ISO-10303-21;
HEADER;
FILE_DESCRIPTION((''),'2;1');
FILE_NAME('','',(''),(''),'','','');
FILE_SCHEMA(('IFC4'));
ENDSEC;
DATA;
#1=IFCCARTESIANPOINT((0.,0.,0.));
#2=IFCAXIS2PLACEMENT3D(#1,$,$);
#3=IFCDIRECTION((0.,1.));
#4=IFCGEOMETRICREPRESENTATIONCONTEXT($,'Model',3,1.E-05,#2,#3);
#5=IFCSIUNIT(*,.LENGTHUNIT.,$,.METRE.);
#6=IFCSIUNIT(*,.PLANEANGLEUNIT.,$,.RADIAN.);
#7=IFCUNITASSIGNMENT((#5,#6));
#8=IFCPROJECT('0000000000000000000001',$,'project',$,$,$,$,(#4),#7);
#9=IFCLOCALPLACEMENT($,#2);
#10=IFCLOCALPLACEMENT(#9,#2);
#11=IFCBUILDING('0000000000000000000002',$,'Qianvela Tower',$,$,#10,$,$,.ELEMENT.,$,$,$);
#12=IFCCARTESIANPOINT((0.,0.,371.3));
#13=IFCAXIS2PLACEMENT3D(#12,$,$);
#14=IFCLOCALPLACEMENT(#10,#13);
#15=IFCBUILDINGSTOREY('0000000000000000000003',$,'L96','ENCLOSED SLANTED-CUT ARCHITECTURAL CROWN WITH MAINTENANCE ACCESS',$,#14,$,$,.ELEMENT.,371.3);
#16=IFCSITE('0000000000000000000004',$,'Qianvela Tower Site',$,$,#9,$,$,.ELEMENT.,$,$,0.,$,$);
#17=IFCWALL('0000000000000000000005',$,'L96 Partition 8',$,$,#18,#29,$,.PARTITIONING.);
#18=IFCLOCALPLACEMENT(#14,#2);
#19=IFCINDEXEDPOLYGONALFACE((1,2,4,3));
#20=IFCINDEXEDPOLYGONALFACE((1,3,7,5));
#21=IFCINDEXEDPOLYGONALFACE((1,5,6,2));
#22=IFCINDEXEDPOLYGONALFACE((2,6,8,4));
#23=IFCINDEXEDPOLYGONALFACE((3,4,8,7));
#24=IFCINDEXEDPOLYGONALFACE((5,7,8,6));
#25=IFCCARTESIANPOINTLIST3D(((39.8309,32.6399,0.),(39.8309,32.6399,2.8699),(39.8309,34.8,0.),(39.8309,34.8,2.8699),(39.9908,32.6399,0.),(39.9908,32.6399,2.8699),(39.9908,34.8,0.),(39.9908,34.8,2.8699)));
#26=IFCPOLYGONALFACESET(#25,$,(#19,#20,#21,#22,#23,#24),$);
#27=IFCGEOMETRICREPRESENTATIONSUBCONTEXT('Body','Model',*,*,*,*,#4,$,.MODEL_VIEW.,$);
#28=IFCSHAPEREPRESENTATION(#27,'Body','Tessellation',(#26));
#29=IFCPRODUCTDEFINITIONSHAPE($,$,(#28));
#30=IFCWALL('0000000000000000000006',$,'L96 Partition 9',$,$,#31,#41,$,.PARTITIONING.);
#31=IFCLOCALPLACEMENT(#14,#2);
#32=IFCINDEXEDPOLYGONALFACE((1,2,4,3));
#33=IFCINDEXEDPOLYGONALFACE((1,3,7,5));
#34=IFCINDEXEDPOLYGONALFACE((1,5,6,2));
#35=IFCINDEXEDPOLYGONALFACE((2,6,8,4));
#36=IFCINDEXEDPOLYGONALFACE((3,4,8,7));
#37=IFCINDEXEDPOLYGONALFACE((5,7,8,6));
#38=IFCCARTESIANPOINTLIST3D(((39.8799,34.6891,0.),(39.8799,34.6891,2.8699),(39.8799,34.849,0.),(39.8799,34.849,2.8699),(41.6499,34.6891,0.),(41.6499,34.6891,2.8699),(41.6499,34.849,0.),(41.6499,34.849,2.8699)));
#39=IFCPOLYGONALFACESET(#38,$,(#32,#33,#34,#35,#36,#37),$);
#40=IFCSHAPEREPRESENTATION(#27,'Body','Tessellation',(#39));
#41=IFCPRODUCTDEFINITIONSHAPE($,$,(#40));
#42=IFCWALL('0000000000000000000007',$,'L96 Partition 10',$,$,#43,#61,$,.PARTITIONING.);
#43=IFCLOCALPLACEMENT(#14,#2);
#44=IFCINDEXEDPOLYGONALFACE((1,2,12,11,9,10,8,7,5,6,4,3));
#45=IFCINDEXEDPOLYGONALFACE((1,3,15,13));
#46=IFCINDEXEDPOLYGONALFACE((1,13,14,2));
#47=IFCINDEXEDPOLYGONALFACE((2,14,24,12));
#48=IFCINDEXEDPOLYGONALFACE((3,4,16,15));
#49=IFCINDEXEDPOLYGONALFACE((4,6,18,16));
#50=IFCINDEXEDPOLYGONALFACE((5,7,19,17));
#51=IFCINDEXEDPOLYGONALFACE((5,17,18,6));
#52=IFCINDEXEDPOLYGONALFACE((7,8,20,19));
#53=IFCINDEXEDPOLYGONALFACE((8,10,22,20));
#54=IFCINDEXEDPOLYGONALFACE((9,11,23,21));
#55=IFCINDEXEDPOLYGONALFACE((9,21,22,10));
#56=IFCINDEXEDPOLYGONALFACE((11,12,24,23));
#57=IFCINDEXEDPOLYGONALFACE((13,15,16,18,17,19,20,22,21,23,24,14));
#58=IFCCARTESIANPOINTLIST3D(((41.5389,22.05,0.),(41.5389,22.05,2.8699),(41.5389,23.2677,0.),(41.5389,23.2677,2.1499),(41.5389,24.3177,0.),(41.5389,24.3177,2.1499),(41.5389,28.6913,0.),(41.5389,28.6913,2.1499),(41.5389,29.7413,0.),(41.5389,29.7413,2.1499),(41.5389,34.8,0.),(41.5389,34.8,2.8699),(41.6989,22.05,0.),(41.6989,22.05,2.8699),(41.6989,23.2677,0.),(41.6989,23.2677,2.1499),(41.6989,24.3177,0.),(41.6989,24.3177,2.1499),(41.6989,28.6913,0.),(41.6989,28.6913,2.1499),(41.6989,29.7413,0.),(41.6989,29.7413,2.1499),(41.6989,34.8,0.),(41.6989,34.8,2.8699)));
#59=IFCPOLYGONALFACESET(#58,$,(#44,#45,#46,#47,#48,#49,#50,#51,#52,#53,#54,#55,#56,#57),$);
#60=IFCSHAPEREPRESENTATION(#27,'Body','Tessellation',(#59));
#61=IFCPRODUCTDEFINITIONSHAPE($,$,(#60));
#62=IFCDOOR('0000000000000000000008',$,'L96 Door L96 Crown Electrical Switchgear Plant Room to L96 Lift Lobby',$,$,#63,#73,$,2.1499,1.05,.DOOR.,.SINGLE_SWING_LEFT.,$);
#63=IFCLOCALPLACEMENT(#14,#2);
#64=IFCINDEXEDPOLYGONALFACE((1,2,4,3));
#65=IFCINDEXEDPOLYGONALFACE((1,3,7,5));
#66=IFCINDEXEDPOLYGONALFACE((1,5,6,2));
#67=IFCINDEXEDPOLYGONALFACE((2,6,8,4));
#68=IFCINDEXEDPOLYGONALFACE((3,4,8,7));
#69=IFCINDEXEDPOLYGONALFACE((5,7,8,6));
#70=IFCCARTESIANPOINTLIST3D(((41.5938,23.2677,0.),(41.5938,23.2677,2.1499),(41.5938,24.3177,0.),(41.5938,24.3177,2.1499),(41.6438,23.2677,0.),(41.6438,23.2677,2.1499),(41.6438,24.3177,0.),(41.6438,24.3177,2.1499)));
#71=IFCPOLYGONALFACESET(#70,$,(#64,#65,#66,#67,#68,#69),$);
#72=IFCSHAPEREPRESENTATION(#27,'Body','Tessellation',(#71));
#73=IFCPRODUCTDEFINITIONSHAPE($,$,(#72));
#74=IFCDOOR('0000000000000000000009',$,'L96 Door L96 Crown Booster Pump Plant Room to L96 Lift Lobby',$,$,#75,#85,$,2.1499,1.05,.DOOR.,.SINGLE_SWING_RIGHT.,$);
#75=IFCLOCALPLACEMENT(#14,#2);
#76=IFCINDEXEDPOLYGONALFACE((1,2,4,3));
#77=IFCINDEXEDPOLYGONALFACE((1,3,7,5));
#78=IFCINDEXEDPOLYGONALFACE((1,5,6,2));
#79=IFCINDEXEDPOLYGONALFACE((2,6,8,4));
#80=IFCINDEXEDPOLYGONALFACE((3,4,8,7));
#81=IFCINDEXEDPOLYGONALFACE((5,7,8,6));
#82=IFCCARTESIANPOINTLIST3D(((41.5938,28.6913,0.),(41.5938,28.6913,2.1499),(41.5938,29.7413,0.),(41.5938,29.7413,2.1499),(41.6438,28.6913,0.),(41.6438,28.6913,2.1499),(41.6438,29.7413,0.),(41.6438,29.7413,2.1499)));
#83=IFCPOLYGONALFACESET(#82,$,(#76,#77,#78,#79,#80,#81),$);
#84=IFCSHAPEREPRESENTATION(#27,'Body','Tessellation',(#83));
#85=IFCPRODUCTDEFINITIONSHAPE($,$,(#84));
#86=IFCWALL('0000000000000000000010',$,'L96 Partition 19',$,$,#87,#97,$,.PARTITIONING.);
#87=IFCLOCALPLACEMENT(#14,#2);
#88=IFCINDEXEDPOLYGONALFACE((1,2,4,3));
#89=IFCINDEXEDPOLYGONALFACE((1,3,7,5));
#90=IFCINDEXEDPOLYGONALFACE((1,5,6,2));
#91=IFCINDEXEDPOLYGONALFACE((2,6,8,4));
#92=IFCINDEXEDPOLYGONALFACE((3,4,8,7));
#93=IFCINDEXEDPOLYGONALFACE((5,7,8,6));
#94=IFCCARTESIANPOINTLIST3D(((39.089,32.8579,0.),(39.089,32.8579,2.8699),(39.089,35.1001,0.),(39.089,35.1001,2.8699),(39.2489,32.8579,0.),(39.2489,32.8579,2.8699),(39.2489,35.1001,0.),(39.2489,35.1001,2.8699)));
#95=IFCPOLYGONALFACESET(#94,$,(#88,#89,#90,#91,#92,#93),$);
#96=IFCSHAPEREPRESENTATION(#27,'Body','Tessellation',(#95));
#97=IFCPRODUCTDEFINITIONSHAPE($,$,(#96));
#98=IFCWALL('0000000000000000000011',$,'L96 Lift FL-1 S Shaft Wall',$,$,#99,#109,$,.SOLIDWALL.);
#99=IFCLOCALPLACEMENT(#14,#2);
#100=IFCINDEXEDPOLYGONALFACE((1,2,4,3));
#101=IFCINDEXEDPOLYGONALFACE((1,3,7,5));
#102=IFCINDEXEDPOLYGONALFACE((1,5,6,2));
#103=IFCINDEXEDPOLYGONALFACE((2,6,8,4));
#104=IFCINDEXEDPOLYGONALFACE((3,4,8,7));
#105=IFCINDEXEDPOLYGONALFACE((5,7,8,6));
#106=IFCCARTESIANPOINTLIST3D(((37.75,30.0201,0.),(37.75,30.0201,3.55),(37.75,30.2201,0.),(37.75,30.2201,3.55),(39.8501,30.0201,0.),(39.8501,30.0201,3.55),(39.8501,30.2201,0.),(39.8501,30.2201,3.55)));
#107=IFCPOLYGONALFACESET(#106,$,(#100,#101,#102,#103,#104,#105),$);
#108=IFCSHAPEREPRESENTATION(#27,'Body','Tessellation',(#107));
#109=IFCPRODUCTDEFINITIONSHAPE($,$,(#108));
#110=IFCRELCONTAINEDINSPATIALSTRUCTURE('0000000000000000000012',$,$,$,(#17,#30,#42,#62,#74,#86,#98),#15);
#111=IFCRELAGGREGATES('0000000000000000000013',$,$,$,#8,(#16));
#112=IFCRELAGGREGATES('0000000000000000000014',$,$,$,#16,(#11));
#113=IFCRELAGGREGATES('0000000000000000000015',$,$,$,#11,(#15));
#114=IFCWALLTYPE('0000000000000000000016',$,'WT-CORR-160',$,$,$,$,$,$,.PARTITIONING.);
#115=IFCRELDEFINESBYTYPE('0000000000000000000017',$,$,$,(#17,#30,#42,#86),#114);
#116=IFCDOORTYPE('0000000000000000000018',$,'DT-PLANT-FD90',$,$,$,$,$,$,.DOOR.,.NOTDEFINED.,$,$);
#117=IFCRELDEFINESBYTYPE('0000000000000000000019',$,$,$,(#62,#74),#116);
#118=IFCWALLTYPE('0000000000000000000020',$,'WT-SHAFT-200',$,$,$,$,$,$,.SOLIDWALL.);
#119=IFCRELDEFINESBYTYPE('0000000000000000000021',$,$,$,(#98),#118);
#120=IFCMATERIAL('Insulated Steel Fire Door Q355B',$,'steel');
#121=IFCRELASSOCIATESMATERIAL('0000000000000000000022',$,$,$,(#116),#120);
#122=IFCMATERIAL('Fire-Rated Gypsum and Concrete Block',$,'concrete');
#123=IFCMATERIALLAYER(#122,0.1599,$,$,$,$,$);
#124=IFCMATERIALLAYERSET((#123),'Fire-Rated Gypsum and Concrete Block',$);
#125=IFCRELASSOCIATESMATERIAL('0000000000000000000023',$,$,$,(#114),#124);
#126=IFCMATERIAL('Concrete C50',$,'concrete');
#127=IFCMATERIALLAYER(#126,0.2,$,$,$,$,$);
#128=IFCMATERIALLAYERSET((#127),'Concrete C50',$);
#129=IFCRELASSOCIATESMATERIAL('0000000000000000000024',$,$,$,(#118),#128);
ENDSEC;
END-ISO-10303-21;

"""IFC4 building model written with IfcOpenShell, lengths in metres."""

from ifc_helpers import new_model, si_unit, direction, frame, frame_2d, origin, place, context, subcontext, project, spatial, rectangle, extrude, material, layer, layer_set, type_object, element, fill, save


model = new_model("IFC4")

# Units and contexts
model_context = context("Model", 3, precision=1e-05, world=origin(), true_north=direction((0.0, 1.0)))
body_context = subcontext(model_context, "Body", "Model", "MODEL_VIEW")
ifc_project = project(units=[si_unit("LENGTHUNIT", "METRE"), si_unit("PLANEANGLEUNIT", "RADIAN")], contexts=[model_context])

# Site, building, storey
site_placement = place(None, origin())
site = spatial("IfcSite", under=ifc_project, at=site_placement, Name="Qianvela Tower Site", CompositionType="ELEMENT", RefElevation=0.0)
building_placement = place(site_placement, origin())
building = spatial("IfcBuilding", under=site, at=building_placement, Name="Qianvela Tower", CompositionType="ELEMENT")
storey_placement = place(building_placement, frame((0.0, 0.0, 371.3)))
storey = spatial("IfcBuildingStorey", under=building, at=storey_placement, Name="L96", Description="ENCLOSED SLANTED-CUT ARCHITECTURAL CROWN WITH MAINTENANCE ACCESS", CompositionType="ELEMENT", Elevation=371.3)

# Shared definitions
ifc_material_1 = material(Name="Insulated Steel Fire Door Q355B", Category="steel")
door_type_1 = type_object("IfcDoorType", Name="DT-PLANT-FD90", OperationType="NOTDEFINED", PredefinedType="DOOR", material=ifc_material_1)

# Shared definitions
ifc_material_2 = material(Name="Fire-Rated Gypsum and Concrete Block", Category="concrete")
ifc_layer_1 = layer(ifc_material_2, 0.1599)
ifc_layer_set_1 = layer_set([ifc_layer_1], Name="Fire-Rated Gypsum and Concrete Block")
wall_type_1 = type_object("IfcWallType", Name="WT-CORR-160", PredefinedType="PARTITIONING", material=ifc_layer_set_1)

# Walls
wall_1_placement = place(storey_placement, frame((39.9109, 32.6399, 0.0), z_axis=(0.0, 0.0, 1.0), x_axis=(0.0, 1.0, 0.0)))
element("IfcWall", 1, at=wall_1_placement, inside=storey, type_object=wall_type_1, Name="L96 Partition 8", PredefinedType="PARTITIONING", context=body_context, shape_type="SweptSolid", body=[
    extrude(rectangle(XDim=2.1602, YDim=0.1599, at=frame_2d((1.0801, 0.0))), origin(), (0.0, 0.0, 1.0), 2.8699),
])
wall_2_placement = place(storey_placement, frame((39.8799, 34.769, 0.0), z_axis=(0.0, 0.0, 1.0), x_axis=(1.0, 0.0, 0.0)))
element("IfcWall", 2, at=wall_2_placement, inside=storey, type_object=wall_type_1, Name="L96 Partition 9", PredefinedType="PARTITIONING", context=body_context, shape_type="SweptSolid", body=[
    extrude(rectangle(XDim=1.77, YDim=0.1599, at=frame_2d((0.885, 0.0))), origin(), (0.0, 0.0, 1.0), 2.8699),
])

# Wall, openings, doors
wall_3_placement = place(storey_placement, frame((41.6189, 34.8, 0.0), z_axis=(0.0, 0.0, 1.0), x_axis=(0.0, -1.0, 0.0)))
wall_3 = element("IfcWall", 3, at=wall_3_placement, inside=storey, type_object=wall_type_1, Name="L96 Partition 10", PredefinedType="PARTITIONING", context=body_context, shape_type="SweptSolid", body=[
    extrude(rectangle(XDim=12.75, YDim=0.1599, at=frame_2d((6.375, 0.0))), origin(), (0.0, 0.0, 1.0), 2.8699),
])
opening_1_placement = place(wall_3_placement, frame((10.4824, 0.0, 0.0)))
opening_1 = element("IfcOpeningElement", 4, at=opening_1_placement, cuts=wall_3, PredefinedType="OPENING", context=body_context, shape_type="SweptSolid", body=[
    extrude(rectangle(XDim=1.05, YDim=2.1499, at=frame_2d((0.5249, 1.075))), frame((0.0, 0.0898, 0.0), z_axis=(0.0, -1.0, 0.0), x_axis=(1.0, 0.0, 0.0)), (0.0, 0.0, 1.0), 0.1799),
])
opening_2_placement = place(wall_3_placement, frame((5.0588, 0.0, 0.0)))
opening_2 = element("IfcOpeningElement", 5, at=opening_2_placement, cuts=wall_3, PredefinedType="OPENING", context=body_context, shape_type="SweptSolid", body=[
    extrude(rectangle(XDim=1.05, YDim=2.1499, at=frame_2d((0.5249, 1.075))), frame((0.0, 0.0898, 0.0), z_axis=(0.0, -1.0, 0.0), x_axis=(1.0, 0.0, 0.0)), (0.0, 0.0, 1.0), 0.1799),
])
door_1_placement = place(opening_1_placement, origin())
door_1 = element("IfcDoor", 6, at=door_1_placement, inside=storey, type_object=door_type_1, Name="L96 Door L96 Crown Electrical Switchgear Plant Room to L96 Lift Lobby", OperationType="SINGLE_SWING_LEFT", OverallHeight=2.1499, OverallWidth=1.05, PredefinedType="DOOR", context=body_context, shape_type="SweptSolid", body=[
    extrude(rectangle(XDim=1.05, YDim=2.1499, at=frame_2d((0.5249, 1.075))), frame((0.0, 0.0249, 0.0), z_axis=(0.0, -1.0, 0.0), x_axis=(1.0, 0.0, 0.0)), (0.0, 0.0, 1.0), 0.05),
])
fill(opening_1, door_1)
door_2_placement = place(opening_2_placement, origin())
door_2 = element("IfcDoor", 7, at=door_2_placement, inside=storey, type_object=door_type_1, Name="L96 Door L96 Crown Booster Pump Plant Room to L96 Lift Lobby", OperationType="SINGLE_SWING_RIGHT", OverallHeight=2.1499, OverallWidth=1.05, PredefinedType="DOOR", context=body_context, shape_type="SweptSolid", body=[
    extrude(rectangle(XDim=1.05, YDim=2.1499, at=frame_2d((0.5249, 1.075))), frame((0.0, 0.0249, 0.0), z_axis=(0.0, -1.0, 0.0), x_axis=(1.0, 0.0, 0.0)), (0.0, 0.0, 1.0), 0.05),
])
fill(opening_2, door_2)

# Wall
wall_4_placement = place(storey_placement, frame((39.1689, 35.1001, 0.0), z_axis=(0.0, 0.0, 1.0), x_axis=(0.0, -1.0, 0.0)))
element("IfcWall", 8, at=wall_4_placement, inside=storey, type_object=wall_type_1, Name="L96 Partition 19", PredefinedType="PARTITIONING", context=body_context, shape_type="SweptSolid", body=[
    extrude(rectangle(XDim=2.2422, YDim=0.1599, at=frame_2d((1.1211, 0.0))), origin(), (0.0, 0.0, 1.0), 2.8699),
])

# Shared definitions
ifc_material_3 = material(Name="Concrete C50", Category="concrete")
ifc_layer_2 = layer(ifc_material_3, 0.2)
ifc_layer_set_2 = layer_set([ifc_layer_2], Name="Concrete C50")
wall_type_2 = type_object("IfcWallType", Name="WT-SHAFT-200", PredefinedType="SOLIDWALL", material=ifc_layer_set_2)

# Wall
wall_5_placement = place(storey_placement, frame((37.75, 30.1201, 0.0), z_axis=(0.0, 0.0, 1.0), x_axis=(1.0, 0.0, 0.0)))
element("IfcWall", 9, at=wall_5_placement, inside=storey, type_object=wall_type_2, Name="L96 Lift FL-1 S Shaft Wall", PredefinedType="SOLIDWALL", context=body_context, shape_type="SweptSolid", body=[
    extrude(rectangle(XDim=2.1001, YDim=0.2, at=frame_2d((1.05, 0.0))), origin(), (0.0, 0.0, 1.0), 3.55),
])

save(model, "model.ifc")
